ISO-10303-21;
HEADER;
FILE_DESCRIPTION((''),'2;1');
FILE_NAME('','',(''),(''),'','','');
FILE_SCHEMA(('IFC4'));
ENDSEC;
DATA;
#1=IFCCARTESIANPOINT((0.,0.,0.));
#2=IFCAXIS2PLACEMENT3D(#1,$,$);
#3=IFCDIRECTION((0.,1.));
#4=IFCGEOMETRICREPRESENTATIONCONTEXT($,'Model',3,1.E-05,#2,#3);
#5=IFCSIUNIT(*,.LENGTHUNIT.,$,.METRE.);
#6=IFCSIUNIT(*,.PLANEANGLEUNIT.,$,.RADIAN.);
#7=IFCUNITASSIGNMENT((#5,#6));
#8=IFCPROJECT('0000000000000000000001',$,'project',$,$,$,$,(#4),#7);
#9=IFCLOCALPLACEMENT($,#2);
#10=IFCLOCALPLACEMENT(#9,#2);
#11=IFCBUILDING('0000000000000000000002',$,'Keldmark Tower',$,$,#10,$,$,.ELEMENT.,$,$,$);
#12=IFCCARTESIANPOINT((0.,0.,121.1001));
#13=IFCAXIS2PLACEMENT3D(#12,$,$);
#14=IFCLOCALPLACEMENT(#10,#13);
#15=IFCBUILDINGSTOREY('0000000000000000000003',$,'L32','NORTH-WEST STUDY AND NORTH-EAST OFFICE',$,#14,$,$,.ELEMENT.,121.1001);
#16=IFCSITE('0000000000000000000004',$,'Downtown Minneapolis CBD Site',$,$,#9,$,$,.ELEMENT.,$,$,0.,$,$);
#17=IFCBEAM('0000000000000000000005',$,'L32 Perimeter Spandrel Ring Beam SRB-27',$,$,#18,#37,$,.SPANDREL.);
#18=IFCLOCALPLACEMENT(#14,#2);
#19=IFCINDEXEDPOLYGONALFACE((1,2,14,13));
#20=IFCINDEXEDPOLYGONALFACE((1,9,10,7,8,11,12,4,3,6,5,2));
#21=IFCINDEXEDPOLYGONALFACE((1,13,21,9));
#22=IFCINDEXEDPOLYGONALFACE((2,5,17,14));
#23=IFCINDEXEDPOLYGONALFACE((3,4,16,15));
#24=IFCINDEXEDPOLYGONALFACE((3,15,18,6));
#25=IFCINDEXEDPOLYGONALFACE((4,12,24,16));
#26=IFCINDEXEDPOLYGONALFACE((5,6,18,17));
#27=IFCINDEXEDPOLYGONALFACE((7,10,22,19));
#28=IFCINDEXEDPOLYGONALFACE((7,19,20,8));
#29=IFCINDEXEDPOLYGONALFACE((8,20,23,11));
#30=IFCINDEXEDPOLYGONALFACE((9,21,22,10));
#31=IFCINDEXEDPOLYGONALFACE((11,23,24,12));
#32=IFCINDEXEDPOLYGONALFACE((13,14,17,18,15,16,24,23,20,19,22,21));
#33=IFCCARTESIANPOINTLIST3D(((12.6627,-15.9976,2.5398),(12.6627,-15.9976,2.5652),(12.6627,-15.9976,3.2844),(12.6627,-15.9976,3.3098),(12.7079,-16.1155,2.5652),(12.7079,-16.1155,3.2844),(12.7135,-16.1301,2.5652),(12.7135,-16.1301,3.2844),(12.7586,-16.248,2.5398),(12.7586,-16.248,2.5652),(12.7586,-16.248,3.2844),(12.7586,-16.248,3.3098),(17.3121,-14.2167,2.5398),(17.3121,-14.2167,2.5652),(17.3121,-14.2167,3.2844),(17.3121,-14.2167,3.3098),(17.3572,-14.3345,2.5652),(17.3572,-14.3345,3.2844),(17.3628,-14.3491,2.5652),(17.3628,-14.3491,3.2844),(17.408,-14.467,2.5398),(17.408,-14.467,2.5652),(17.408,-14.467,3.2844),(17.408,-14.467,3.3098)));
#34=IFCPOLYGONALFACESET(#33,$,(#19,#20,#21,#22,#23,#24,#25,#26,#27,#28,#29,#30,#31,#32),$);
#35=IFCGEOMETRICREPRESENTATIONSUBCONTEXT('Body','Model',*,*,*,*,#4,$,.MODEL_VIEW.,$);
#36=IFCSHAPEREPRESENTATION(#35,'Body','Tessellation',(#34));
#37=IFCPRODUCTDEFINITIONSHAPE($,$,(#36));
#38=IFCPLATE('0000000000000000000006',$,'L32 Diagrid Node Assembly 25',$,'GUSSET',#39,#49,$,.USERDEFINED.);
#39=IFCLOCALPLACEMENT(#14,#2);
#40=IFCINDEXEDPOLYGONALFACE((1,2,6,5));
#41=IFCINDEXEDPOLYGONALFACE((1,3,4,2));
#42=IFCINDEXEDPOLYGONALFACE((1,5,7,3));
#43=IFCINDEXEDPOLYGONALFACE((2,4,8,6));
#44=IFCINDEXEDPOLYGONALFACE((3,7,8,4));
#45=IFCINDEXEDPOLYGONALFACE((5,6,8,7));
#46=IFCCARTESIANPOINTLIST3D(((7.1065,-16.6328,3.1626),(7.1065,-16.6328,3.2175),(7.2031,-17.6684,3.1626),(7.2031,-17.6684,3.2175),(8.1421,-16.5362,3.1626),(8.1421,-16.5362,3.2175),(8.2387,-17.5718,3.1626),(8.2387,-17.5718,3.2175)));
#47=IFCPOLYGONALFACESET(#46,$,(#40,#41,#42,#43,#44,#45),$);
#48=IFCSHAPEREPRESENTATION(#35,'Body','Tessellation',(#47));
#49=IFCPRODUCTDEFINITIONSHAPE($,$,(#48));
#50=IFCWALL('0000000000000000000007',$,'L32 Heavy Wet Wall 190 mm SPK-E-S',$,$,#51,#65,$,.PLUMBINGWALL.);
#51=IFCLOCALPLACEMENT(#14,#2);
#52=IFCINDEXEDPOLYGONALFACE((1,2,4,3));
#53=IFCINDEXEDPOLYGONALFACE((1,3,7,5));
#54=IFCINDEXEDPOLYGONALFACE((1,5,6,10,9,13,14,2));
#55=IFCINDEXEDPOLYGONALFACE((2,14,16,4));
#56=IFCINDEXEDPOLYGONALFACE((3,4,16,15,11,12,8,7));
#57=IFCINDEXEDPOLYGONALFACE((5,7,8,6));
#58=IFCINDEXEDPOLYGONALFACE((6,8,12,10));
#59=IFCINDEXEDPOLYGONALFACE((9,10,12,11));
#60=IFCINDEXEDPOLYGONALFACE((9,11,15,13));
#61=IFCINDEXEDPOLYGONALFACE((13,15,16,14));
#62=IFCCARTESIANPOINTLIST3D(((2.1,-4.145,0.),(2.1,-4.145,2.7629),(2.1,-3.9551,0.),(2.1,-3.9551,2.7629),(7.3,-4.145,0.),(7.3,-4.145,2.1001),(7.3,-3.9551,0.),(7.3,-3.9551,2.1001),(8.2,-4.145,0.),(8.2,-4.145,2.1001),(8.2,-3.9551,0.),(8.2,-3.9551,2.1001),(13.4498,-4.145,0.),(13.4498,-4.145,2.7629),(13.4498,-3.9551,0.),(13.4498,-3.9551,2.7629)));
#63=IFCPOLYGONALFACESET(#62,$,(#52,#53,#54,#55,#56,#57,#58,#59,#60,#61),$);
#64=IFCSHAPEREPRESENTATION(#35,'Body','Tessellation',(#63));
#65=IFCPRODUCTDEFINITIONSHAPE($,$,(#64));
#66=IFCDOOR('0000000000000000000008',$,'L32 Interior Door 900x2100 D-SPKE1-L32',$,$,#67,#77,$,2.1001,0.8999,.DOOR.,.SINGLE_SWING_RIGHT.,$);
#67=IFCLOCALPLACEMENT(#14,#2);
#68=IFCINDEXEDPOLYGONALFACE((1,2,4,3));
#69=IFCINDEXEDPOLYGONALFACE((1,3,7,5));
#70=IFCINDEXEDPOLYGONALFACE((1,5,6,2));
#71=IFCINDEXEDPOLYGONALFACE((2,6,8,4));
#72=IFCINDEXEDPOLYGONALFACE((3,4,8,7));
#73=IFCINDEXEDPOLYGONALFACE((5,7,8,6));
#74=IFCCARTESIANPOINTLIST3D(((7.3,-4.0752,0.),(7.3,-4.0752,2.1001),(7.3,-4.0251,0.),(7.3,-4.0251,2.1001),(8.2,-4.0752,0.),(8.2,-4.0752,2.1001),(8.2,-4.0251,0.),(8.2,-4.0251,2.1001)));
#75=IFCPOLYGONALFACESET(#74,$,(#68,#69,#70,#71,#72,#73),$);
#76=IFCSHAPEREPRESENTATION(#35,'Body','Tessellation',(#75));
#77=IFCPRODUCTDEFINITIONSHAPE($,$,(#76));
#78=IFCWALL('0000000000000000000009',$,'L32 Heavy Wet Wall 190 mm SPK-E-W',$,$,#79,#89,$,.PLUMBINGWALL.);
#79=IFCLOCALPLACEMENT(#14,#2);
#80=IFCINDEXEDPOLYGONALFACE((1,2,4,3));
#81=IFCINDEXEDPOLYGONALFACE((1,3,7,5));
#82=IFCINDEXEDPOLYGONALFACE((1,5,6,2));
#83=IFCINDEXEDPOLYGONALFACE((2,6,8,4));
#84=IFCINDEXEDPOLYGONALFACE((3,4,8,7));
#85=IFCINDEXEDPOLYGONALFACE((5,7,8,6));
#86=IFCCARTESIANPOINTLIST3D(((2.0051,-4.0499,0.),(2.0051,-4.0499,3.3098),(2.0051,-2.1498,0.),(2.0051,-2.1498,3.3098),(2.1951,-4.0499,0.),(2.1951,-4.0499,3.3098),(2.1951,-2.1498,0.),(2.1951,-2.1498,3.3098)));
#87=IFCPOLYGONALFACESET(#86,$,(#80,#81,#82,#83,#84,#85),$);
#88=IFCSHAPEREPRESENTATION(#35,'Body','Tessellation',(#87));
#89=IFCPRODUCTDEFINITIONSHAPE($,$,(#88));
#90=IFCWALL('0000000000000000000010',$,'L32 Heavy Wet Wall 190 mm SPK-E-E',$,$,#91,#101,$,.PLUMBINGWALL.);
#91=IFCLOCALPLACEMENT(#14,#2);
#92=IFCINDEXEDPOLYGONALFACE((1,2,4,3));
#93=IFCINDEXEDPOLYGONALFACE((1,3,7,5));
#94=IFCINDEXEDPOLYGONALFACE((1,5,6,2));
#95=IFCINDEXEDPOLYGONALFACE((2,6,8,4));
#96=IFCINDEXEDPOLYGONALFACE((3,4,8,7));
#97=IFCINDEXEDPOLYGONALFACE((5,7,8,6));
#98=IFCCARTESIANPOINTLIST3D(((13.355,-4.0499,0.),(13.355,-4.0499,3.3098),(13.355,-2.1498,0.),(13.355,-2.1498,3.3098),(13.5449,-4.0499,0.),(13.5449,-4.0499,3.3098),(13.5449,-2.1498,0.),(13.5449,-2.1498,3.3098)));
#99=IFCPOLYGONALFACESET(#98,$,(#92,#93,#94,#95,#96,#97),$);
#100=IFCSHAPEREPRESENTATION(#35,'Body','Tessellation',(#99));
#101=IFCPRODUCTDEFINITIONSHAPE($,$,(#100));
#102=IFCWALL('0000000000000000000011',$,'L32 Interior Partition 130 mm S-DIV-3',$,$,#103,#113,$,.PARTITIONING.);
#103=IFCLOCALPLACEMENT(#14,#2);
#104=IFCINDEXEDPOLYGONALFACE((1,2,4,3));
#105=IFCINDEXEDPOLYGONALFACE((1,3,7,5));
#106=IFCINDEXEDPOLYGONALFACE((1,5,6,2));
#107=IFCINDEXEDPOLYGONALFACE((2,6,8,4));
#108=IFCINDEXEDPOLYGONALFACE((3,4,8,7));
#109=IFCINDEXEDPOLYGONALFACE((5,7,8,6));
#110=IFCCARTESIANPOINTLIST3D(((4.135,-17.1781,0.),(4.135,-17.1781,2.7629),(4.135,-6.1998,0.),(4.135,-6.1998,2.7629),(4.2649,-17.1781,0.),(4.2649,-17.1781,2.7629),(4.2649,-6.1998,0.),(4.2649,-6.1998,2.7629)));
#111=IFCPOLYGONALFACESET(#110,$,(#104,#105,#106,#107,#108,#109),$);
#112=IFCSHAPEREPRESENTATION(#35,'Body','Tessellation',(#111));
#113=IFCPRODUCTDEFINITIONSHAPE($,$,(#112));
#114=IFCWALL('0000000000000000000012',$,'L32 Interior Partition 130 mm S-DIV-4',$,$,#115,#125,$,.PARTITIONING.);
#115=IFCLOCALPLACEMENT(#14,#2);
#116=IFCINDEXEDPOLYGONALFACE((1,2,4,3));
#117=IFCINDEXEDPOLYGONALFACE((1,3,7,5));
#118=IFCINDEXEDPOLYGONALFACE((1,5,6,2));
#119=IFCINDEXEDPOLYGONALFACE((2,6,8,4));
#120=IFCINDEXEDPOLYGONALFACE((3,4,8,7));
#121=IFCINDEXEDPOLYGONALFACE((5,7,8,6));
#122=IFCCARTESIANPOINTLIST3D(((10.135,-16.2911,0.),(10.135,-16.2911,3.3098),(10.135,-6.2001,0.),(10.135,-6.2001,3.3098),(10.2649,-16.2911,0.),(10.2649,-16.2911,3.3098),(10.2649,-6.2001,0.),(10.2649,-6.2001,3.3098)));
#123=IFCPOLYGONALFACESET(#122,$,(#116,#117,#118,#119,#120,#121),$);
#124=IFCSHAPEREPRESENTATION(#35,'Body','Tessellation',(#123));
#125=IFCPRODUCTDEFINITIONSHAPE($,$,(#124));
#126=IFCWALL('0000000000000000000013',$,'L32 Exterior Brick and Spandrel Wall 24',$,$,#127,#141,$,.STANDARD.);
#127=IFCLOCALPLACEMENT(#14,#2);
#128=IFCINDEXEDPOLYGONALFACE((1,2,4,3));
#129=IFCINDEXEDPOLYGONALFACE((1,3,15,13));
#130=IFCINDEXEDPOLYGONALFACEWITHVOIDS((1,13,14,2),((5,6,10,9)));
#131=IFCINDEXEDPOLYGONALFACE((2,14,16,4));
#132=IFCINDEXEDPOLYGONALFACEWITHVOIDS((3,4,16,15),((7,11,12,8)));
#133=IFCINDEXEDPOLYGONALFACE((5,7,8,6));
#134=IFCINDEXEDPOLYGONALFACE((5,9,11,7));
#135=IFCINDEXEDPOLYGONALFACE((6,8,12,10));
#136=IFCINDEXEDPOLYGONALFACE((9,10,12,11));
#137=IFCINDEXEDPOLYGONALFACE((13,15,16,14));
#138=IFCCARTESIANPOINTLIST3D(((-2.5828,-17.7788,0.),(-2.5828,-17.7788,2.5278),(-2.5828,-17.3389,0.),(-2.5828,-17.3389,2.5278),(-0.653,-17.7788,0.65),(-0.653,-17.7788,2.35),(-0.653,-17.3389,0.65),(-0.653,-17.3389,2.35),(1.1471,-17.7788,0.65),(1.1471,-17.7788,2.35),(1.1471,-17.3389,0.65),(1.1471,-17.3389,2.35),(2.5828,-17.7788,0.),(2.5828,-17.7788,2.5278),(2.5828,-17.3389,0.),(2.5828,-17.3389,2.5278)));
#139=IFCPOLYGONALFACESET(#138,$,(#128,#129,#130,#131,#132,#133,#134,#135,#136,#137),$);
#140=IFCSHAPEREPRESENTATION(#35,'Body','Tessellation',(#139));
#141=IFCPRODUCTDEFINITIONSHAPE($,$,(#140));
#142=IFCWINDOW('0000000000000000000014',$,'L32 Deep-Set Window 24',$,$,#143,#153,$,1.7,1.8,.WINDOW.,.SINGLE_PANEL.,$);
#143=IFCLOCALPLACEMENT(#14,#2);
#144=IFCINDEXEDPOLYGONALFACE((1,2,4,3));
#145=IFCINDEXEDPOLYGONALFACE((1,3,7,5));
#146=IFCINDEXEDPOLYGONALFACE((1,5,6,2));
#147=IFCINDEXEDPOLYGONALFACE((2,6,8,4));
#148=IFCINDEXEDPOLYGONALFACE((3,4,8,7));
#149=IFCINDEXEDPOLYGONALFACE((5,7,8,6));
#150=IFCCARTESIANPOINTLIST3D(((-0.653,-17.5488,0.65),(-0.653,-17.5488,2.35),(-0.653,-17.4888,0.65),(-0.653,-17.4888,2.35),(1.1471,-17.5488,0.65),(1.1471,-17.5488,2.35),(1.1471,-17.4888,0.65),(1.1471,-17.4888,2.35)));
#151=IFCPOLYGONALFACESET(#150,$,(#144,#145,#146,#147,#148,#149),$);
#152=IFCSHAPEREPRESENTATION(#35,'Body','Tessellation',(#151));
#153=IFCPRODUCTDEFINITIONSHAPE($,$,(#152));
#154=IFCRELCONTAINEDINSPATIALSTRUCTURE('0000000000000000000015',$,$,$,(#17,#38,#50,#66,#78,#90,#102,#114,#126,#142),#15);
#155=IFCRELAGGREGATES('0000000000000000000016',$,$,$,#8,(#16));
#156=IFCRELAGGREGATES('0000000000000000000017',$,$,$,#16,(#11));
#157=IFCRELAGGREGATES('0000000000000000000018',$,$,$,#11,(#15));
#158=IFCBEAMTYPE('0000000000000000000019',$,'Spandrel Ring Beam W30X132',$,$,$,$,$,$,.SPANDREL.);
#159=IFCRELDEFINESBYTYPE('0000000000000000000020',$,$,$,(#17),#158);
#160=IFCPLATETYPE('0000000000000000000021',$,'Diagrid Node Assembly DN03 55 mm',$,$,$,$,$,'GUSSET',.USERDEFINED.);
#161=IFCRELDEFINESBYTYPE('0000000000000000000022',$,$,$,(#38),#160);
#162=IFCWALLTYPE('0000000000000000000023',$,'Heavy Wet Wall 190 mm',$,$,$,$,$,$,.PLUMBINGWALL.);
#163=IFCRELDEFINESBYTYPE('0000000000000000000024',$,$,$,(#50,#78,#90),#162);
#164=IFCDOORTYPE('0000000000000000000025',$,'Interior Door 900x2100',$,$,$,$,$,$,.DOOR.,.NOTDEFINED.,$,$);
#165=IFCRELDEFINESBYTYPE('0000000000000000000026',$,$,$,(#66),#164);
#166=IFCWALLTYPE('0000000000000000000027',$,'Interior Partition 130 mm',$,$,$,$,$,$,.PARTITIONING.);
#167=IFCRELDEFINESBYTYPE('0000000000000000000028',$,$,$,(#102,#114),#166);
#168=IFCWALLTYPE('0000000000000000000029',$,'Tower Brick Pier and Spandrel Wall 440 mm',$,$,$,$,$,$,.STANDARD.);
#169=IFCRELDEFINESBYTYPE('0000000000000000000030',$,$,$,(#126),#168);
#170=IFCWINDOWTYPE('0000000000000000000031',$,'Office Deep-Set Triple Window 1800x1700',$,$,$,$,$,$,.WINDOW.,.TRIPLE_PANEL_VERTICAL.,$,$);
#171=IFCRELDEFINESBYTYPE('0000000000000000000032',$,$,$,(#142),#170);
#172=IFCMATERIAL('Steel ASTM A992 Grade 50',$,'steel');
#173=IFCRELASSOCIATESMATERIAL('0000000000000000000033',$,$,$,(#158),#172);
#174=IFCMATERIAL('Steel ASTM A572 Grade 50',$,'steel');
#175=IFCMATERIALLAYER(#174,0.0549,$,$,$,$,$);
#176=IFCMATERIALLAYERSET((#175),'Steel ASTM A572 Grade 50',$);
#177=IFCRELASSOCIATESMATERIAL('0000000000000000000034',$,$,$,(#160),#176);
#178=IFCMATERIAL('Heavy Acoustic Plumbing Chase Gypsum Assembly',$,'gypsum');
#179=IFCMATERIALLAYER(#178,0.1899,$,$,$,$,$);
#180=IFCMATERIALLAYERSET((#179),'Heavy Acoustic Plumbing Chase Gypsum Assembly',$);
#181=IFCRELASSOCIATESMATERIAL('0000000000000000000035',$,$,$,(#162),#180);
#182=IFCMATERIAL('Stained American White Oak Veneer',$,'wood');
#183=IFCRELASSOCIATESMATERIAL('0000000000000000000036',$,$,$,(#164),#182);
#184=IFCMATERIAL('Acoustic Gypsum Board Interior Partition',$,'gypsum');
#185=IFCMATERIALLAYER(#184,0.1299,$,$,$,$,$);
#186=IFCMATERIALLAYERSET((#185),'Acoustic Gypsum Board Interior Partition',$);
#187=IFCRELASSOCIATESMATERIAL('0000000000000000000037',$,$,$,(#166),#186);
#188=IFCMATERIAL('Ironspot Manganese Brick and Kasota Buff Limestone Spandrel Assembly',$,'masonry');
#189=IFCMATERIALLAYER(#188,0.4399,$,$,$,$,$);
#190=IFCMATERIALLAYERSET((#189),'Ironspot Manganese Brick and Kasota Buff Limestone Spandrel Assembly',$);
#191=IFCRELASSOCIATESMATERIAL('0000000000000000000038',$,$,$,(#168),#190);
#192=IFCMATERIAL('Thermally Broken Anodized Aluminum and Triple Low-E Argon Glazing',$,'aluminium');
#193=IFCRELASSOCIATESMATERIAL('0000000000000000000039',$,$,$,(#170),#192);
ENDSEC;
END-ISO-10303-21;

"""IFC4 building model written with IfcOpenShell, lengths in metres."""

from ifc_helpers import new_model, si_unit, direction, frame, frame_2d, origin, origin_2d, place, context, subcontext, project, spatial, rectangle, i_section, extrude, material, layer, layer_set, material_profile, profile_set, type_object, element, fill, save


model = new_model("IFC4")

# Units and contexts
model_context = context("Model", 3, precision=1e-05, world=origin(), true_north=direction((0.0, 1.0)))
body_context = subcontext(model_context, "Body", "Model", "MODEL_VIEW")
ifc_project = project(units=[si_unit("LENGTHUNIT", "METRE"), si_unit("PLANEANGLEUNIT", "RADIAN")], contexts=[model_context])

# Site, building, storey
site_placement = place(None, origin())
site = spatial("IfcSite", under=ifc_project, at=site_placement, Name="Downtown Minneapolis CBD Site", CompositionType="ELEMENT", RefElevation=0.0)
building_placement = place(site_placement, origin())
building = spatial("IfcBuilding", under=site, at=building_placement, Name="Keldmark Tower", CompositionType="ELEMENT")
storey_placement = place(building_placement, frame((0.0, 0.0, 121.1001)))
storey = spatial("IfcBuildingStorey", under=building, at=storey_placement, Name="L32", Description="NORTH-WEST STUDY AND NORTH-EAST OFFICE", CompositionType="ELEMENT", Elevation=121.1001)

# Beam
ifc_material_1 = material(Name="Steel ASTM A992 Grade 50", Category="steel")
ifc_material_profile_1 = material_profile(ifc_material_1, i_section(OverallWidth=0.2681, OverallDepth=0.77, WebThickness=0.0156, FlangeThickness=0.0254, at=origin_2d()), Name="W30X132")
ifc_profile_set_1 = profile_set([ifc_material_profile_1], Name="Steel ASTM A992 Grade 50")
beam_type_1 = type_object("IfcBeamType", Name="Spandrel Ring Beam W30X132", PredefinedType="SPANDREL", material=ifc_profile_set_1)
beam_1_placement = place(storey_placement, frame((12.7107, -16.1228, 2.9248), z_axis=(0.933831, 0.357714, 0.0), x_axis=(-0.357714, 0.933831, 0.0)))
element("IfcBeam", 1, at=beam_1_placement, inside=storey, type_object=beam_type_1, Name="L32 Perimeter Spandrel Ring Beam SRB-27", PredefinedType="SPANDREL", context=body_context, shape_type="SweptSolid", body=[
    extrude(i_section(OverallWidth=0.2681, OverallDepth=0.77, WebThickness=0.0156, FlangeThickness=0.0254, at=origin_2d()), origin(), (0.0, 0.0, 1.0), 4.9788),
])

# Plate
ifc_material_2 = material(Name="Steel ASTM A572 Grade 50", Category="steel")
ifc_layer_1 = layer(ifc_material_2, 0.0549)
ifc_layer_set_1 = layer_set([ifc_layer_1], Name="Steel ASTM A572 Grade 50")
plate_type = type_object("IfcPlateType", Name="Diagrid Node Assembly DN03 55 mm", ElementType="GUSSET", PredefinedType="USERDEFINED", material=ifc_layer_set_1)
plate_placement = place(storey_placement, frame((7.6726, -17.1023, 3.1626), z_axis=(0.0, 0.0, 1.0), x_axis=(0.995676, 0.092892, 0.0)))
element("IfcPlate", 2, at=plate_placement, inside=storey, type_object=plate_type, Name="L32 Diagrid Node Assembly 25", ObjectType="GUSSET", PredefinedType="USERDEFINED", context=body_context, shape_type="SweptSolid", body=[
    extrude(rectangle(XDim=1.04, YDim=1.04, at=origin_2d()), origin(), (0.0, 0.0, 1.0), 0.0549),
])

# Wall, opening, door
ifc_material_3 = material(Name="Heavy Acoustic Plumbing Chase Gypsum Assembly", Category="gypsum")
ifc_layer_2 = layer(ifc_material_3, 0.1899)
ifc_layer_set_2 = layer_set([ifc_layer_2], Name="Heavy Acoustic Plumbing Chase Gypsum Assembly")
wall_type_1 = type_object("IfcWallType", Name="Heavy Wet Wall 190 mm", PredefinedType="PLUMBINGWALL", material=ifc_layer_set_2)
wall_1_placement = place(storey_placement, frame((2.1001, -4.05, 0.0), z_axis=(0.0, 0.0, 1.0), x_axis=(1.0, 0.0, 0.0)))
wall_1 = element("IfcWall", 3, at=wall_1_placement, inside=storey, type_object=wall_type_1, Name="L32 Heavy Wet Wall 190 mm SPK-E-S", PredefinedType="PLUMBINGWALL", context=body_context, shape_type="SweptSolid", body=[
    extrude(rectangle(XDim=11.3499, YDim=0.1899, at=frame_2d((5.6748, 0.0))), origin(), (0.0, 0.0, 1.0), 2.7629),
])
opening_1_placement = place(wall_1_placement, frame((5.2, 0.0, 0.0)))
opening_1 = element("IfcOpeningElement", 4, at=opening_1_placement, cuts=wall_1, PredefinedType="OPENING", context=body_context, shape_type="SweptSolid", body=[
    extrude(rectangle(XDim=0.8999, YDim=2.1001, at=frame_2d((0.45, 1.05))), frame((0.0, 0.105, 0.0), z_axis=(0.0, -1.0, 0.0), x_axis=(1.0, 0.0, 0.0)), (0.0, 0.0, 1.0), 0.21),
])
ifc_material_4 = material(Name="Stained American White Oak Veneer", Category="wood")
door_type = type_object("IfcDoorType", Name="Interior Door 900x2100", OperationType="NOTDEFINED", PredefinedType="DOOR", material=ifc_material_4)
door_placement = place(opening_1_placement, origin())
door = element("IfcDoor", 5, at=door_placement, inside=storey, type_object=door_type, Name="L32 Interior Door 900x2100 D-SPKE1-L32", OperationType="SINGLE_SWING_RIGHT", OverallHeight=2.1001, OverallWidth=0.8999, PredefinedType="DOOR", context=body_context, shape_type="SweptSolid", body=[
    extrude(rectangle(XDim=0.8999, YDim=2.1001, at=frame_2d((0.45, 1.05))), frame((0.0, 0.0249, 0.0), z_axis=(0.0, -1.0, 0.0), x_axis=(1.0, 0.0, 0.0)), (0.0, 0.0, 1.0), 0.05),
])
fill(opening_1, door)

# Walls
for number, where, z_axis, x_axis, name in (
    (6, (2.1001, -4.05, 0.0), (0.0, 0.0, 1.0), (0.0, 1.0, 0.0), "L32 Heavy Wet Wall 190 mm SPK-E-W"),
    (7, (13.45, -4.05, 0.0), (0.0, 0.0, 1.0), (0.0, 1.0, 0.0), "L32 Heavy Wet Wall 190 mm SPK-E-E"),
):
    element("IfcWall", number, at=place(storey_placement, frame(where, z_axis=z_axis, x_axis=x_axis)), inside=storey, type_object=wall_type_1, Name=name, PredefinedType="PLUMBINGWALL", context=body_context, shape_type="SweptSolid", body=[
        extrude(rectangle(XDim=1.9001, YDim=0.1899, at=frame_2d((0.9502, 0.0))), origin(), (0.0, 0.0, 1.0), 3.3098),
    ])
ifc_material_5 = material(Name="Acoustic Gypsum Board Interior Partition", Category="gypsum")
ifc_layer_3 = layer(ifc_material_5, 0.1299)
ifc_layer_set_3 = layer_set([ifc_layer_3], Name="Acoustic Gypsum Board Interior Partition")
wall_type_2 = type_object("IfcWallType", Name="Interior Partition 130 mm", PredefinedType="PARTITIONING", material=ifc_layer_set_3)
wall_2_placement = place(storey_placement, frame((4.2, -17.1782, 0.0), z_axis=(0.0, 0.0, 1.0), x_axis=(0.0, 1.0, 0.0)))
element("IfcWall", 8, at=wall_2_placement, inside=storey, type_object=wall_type_2, Name="L32 Interior Partition 130 mm S-DIV-3", PredefinedType="PARTITIONING", context=body_context, shape_type="SweptSolid", body=[
    extrude(rectangle(XDim=10.9783, YDim=0.1299, at=frame_2d((5.4893, 0.0))), origin(), (0.0, 0.0, 1.0), 2.7629),
])
wall_3_placement = place(storey_placement, frame((10.2, -16.291, 0.0), z_axis=(0.0, 0.0, 1.0), x_axis=(0.0, 1.0, 0.0)))
element("IfcWall", 9, at=wall_3_placement, inside=storey, type_object=wall_type_2, Name="L32 Interior Partition 130 mm S-DIV-4", PredefinedType="PARTITIONING", context=body_context, shape_type="SweptSolid", body=[
    extrude(rectangle(XDim=10.0911, YDim=0.1299, at=frame_2d((5.0454, 0.0))), origin(), (0.0, 0.0, 1.0), 3.3098),
])

# Wall, opening, window
ifc_material_6 = material(Name="Ironspot Manganese Brick and Kasota Buff Limestone Spandrel Assembly", Category="masonry")
ifc_layer_4 = layer(ifc_material_6, 0.4399)
ifc_layer_set_4 = layer_set([ifc_layer_4], Name="Ironspot Manganese Brick and Kasota Buff Limestone Spandrel Assembly")
wall_type_3 = type_object("IfcWallType", Name="Tower Brick Pier and Spandrel Wall 440 mm", PredefinedType="STANDARD", material=ifc_layer_set_4)
wall_4_placement = place(storey_placement, frame((2.5828, -17.5588, 0.0), z_axis=(0.0, 0.0, 1.0), x_axis=(-1.0, 0.0, 0.0)))
wall_4 = element("IfcWall", 10, at=wall_4_placement, inside=storey, type_object=wall_type_3, Name="L32 Exterior Brick and Spandrel Wall 24", PredefinedType="STANDARD", context=body_context, shape_type="SweptSolid", body=[
    extrude(rectangle(XDim=5.1655, YDim=0.4399, at=frame_2d((2.5828, 0.0))), origin(), (0.0, 0.0, 1.0), 2.5278),
])
opening_2_placement = place(wall_4_placement, frame((1.4358, 0.0, 0.6499)))
opening_2 = element("IfcOpeningElement", 11, at=opening_2_placement, cuts=wall_4, PredefinedType="OPENING", context=body_context, shape_type="SweptSolid", body=[
    extrude(rectangle(XDim=1.8, YDim=1.7, at=frame_2d((0.8999, 0.8501))), frame((0.0, 0.23, 0.0), z_axis=(0.0, -1.0, 0.0), x_axis=(1.0, 0.0, 0.0)), (0.0, 0.0, 1.0), 0.46),
])
ifc_material_7 = material(Name="Thermally Broken Anodized Aluminum and Triple Low-E Argon Glazing", Category="aluminium")
window_type_1 = type_object("IfcWindowType", Name="Office Deep-Set Triple Window 1800x1700", PartitioningType="TRIPLE_PANEL_VERTICAL", PredefinedType="WINDOW", material=ifc_material_7)
window_1_placement = place(opening_2_placement, origin())
window_1 = element("IfcWindow", 12, at=window_1_placement, inside=storey, type_object=window_type_1, Name="L32 Deep-Set Window 24", OverallHeight=1.7, OverallWidth=1.8, PartitioningType="SINGLE_PANEL", PredefinedType="WINDOW", context=body_context, shape_type="SweptSolid", body=[
    extrude(rectangle(XDim=1.8, YDim=1.7, at=frame_2d((0.8999, 0.8501))), frame((0.0, -0.01, 0.0), z_axis=(0.0, -1.0, 0.0), x_axis=(1.0, 0.0, 0.0)), (0.0, 0.0, 1.0), 0.0601),
])
fill(opening_2, window_1)

save(model, "model.ifc")
